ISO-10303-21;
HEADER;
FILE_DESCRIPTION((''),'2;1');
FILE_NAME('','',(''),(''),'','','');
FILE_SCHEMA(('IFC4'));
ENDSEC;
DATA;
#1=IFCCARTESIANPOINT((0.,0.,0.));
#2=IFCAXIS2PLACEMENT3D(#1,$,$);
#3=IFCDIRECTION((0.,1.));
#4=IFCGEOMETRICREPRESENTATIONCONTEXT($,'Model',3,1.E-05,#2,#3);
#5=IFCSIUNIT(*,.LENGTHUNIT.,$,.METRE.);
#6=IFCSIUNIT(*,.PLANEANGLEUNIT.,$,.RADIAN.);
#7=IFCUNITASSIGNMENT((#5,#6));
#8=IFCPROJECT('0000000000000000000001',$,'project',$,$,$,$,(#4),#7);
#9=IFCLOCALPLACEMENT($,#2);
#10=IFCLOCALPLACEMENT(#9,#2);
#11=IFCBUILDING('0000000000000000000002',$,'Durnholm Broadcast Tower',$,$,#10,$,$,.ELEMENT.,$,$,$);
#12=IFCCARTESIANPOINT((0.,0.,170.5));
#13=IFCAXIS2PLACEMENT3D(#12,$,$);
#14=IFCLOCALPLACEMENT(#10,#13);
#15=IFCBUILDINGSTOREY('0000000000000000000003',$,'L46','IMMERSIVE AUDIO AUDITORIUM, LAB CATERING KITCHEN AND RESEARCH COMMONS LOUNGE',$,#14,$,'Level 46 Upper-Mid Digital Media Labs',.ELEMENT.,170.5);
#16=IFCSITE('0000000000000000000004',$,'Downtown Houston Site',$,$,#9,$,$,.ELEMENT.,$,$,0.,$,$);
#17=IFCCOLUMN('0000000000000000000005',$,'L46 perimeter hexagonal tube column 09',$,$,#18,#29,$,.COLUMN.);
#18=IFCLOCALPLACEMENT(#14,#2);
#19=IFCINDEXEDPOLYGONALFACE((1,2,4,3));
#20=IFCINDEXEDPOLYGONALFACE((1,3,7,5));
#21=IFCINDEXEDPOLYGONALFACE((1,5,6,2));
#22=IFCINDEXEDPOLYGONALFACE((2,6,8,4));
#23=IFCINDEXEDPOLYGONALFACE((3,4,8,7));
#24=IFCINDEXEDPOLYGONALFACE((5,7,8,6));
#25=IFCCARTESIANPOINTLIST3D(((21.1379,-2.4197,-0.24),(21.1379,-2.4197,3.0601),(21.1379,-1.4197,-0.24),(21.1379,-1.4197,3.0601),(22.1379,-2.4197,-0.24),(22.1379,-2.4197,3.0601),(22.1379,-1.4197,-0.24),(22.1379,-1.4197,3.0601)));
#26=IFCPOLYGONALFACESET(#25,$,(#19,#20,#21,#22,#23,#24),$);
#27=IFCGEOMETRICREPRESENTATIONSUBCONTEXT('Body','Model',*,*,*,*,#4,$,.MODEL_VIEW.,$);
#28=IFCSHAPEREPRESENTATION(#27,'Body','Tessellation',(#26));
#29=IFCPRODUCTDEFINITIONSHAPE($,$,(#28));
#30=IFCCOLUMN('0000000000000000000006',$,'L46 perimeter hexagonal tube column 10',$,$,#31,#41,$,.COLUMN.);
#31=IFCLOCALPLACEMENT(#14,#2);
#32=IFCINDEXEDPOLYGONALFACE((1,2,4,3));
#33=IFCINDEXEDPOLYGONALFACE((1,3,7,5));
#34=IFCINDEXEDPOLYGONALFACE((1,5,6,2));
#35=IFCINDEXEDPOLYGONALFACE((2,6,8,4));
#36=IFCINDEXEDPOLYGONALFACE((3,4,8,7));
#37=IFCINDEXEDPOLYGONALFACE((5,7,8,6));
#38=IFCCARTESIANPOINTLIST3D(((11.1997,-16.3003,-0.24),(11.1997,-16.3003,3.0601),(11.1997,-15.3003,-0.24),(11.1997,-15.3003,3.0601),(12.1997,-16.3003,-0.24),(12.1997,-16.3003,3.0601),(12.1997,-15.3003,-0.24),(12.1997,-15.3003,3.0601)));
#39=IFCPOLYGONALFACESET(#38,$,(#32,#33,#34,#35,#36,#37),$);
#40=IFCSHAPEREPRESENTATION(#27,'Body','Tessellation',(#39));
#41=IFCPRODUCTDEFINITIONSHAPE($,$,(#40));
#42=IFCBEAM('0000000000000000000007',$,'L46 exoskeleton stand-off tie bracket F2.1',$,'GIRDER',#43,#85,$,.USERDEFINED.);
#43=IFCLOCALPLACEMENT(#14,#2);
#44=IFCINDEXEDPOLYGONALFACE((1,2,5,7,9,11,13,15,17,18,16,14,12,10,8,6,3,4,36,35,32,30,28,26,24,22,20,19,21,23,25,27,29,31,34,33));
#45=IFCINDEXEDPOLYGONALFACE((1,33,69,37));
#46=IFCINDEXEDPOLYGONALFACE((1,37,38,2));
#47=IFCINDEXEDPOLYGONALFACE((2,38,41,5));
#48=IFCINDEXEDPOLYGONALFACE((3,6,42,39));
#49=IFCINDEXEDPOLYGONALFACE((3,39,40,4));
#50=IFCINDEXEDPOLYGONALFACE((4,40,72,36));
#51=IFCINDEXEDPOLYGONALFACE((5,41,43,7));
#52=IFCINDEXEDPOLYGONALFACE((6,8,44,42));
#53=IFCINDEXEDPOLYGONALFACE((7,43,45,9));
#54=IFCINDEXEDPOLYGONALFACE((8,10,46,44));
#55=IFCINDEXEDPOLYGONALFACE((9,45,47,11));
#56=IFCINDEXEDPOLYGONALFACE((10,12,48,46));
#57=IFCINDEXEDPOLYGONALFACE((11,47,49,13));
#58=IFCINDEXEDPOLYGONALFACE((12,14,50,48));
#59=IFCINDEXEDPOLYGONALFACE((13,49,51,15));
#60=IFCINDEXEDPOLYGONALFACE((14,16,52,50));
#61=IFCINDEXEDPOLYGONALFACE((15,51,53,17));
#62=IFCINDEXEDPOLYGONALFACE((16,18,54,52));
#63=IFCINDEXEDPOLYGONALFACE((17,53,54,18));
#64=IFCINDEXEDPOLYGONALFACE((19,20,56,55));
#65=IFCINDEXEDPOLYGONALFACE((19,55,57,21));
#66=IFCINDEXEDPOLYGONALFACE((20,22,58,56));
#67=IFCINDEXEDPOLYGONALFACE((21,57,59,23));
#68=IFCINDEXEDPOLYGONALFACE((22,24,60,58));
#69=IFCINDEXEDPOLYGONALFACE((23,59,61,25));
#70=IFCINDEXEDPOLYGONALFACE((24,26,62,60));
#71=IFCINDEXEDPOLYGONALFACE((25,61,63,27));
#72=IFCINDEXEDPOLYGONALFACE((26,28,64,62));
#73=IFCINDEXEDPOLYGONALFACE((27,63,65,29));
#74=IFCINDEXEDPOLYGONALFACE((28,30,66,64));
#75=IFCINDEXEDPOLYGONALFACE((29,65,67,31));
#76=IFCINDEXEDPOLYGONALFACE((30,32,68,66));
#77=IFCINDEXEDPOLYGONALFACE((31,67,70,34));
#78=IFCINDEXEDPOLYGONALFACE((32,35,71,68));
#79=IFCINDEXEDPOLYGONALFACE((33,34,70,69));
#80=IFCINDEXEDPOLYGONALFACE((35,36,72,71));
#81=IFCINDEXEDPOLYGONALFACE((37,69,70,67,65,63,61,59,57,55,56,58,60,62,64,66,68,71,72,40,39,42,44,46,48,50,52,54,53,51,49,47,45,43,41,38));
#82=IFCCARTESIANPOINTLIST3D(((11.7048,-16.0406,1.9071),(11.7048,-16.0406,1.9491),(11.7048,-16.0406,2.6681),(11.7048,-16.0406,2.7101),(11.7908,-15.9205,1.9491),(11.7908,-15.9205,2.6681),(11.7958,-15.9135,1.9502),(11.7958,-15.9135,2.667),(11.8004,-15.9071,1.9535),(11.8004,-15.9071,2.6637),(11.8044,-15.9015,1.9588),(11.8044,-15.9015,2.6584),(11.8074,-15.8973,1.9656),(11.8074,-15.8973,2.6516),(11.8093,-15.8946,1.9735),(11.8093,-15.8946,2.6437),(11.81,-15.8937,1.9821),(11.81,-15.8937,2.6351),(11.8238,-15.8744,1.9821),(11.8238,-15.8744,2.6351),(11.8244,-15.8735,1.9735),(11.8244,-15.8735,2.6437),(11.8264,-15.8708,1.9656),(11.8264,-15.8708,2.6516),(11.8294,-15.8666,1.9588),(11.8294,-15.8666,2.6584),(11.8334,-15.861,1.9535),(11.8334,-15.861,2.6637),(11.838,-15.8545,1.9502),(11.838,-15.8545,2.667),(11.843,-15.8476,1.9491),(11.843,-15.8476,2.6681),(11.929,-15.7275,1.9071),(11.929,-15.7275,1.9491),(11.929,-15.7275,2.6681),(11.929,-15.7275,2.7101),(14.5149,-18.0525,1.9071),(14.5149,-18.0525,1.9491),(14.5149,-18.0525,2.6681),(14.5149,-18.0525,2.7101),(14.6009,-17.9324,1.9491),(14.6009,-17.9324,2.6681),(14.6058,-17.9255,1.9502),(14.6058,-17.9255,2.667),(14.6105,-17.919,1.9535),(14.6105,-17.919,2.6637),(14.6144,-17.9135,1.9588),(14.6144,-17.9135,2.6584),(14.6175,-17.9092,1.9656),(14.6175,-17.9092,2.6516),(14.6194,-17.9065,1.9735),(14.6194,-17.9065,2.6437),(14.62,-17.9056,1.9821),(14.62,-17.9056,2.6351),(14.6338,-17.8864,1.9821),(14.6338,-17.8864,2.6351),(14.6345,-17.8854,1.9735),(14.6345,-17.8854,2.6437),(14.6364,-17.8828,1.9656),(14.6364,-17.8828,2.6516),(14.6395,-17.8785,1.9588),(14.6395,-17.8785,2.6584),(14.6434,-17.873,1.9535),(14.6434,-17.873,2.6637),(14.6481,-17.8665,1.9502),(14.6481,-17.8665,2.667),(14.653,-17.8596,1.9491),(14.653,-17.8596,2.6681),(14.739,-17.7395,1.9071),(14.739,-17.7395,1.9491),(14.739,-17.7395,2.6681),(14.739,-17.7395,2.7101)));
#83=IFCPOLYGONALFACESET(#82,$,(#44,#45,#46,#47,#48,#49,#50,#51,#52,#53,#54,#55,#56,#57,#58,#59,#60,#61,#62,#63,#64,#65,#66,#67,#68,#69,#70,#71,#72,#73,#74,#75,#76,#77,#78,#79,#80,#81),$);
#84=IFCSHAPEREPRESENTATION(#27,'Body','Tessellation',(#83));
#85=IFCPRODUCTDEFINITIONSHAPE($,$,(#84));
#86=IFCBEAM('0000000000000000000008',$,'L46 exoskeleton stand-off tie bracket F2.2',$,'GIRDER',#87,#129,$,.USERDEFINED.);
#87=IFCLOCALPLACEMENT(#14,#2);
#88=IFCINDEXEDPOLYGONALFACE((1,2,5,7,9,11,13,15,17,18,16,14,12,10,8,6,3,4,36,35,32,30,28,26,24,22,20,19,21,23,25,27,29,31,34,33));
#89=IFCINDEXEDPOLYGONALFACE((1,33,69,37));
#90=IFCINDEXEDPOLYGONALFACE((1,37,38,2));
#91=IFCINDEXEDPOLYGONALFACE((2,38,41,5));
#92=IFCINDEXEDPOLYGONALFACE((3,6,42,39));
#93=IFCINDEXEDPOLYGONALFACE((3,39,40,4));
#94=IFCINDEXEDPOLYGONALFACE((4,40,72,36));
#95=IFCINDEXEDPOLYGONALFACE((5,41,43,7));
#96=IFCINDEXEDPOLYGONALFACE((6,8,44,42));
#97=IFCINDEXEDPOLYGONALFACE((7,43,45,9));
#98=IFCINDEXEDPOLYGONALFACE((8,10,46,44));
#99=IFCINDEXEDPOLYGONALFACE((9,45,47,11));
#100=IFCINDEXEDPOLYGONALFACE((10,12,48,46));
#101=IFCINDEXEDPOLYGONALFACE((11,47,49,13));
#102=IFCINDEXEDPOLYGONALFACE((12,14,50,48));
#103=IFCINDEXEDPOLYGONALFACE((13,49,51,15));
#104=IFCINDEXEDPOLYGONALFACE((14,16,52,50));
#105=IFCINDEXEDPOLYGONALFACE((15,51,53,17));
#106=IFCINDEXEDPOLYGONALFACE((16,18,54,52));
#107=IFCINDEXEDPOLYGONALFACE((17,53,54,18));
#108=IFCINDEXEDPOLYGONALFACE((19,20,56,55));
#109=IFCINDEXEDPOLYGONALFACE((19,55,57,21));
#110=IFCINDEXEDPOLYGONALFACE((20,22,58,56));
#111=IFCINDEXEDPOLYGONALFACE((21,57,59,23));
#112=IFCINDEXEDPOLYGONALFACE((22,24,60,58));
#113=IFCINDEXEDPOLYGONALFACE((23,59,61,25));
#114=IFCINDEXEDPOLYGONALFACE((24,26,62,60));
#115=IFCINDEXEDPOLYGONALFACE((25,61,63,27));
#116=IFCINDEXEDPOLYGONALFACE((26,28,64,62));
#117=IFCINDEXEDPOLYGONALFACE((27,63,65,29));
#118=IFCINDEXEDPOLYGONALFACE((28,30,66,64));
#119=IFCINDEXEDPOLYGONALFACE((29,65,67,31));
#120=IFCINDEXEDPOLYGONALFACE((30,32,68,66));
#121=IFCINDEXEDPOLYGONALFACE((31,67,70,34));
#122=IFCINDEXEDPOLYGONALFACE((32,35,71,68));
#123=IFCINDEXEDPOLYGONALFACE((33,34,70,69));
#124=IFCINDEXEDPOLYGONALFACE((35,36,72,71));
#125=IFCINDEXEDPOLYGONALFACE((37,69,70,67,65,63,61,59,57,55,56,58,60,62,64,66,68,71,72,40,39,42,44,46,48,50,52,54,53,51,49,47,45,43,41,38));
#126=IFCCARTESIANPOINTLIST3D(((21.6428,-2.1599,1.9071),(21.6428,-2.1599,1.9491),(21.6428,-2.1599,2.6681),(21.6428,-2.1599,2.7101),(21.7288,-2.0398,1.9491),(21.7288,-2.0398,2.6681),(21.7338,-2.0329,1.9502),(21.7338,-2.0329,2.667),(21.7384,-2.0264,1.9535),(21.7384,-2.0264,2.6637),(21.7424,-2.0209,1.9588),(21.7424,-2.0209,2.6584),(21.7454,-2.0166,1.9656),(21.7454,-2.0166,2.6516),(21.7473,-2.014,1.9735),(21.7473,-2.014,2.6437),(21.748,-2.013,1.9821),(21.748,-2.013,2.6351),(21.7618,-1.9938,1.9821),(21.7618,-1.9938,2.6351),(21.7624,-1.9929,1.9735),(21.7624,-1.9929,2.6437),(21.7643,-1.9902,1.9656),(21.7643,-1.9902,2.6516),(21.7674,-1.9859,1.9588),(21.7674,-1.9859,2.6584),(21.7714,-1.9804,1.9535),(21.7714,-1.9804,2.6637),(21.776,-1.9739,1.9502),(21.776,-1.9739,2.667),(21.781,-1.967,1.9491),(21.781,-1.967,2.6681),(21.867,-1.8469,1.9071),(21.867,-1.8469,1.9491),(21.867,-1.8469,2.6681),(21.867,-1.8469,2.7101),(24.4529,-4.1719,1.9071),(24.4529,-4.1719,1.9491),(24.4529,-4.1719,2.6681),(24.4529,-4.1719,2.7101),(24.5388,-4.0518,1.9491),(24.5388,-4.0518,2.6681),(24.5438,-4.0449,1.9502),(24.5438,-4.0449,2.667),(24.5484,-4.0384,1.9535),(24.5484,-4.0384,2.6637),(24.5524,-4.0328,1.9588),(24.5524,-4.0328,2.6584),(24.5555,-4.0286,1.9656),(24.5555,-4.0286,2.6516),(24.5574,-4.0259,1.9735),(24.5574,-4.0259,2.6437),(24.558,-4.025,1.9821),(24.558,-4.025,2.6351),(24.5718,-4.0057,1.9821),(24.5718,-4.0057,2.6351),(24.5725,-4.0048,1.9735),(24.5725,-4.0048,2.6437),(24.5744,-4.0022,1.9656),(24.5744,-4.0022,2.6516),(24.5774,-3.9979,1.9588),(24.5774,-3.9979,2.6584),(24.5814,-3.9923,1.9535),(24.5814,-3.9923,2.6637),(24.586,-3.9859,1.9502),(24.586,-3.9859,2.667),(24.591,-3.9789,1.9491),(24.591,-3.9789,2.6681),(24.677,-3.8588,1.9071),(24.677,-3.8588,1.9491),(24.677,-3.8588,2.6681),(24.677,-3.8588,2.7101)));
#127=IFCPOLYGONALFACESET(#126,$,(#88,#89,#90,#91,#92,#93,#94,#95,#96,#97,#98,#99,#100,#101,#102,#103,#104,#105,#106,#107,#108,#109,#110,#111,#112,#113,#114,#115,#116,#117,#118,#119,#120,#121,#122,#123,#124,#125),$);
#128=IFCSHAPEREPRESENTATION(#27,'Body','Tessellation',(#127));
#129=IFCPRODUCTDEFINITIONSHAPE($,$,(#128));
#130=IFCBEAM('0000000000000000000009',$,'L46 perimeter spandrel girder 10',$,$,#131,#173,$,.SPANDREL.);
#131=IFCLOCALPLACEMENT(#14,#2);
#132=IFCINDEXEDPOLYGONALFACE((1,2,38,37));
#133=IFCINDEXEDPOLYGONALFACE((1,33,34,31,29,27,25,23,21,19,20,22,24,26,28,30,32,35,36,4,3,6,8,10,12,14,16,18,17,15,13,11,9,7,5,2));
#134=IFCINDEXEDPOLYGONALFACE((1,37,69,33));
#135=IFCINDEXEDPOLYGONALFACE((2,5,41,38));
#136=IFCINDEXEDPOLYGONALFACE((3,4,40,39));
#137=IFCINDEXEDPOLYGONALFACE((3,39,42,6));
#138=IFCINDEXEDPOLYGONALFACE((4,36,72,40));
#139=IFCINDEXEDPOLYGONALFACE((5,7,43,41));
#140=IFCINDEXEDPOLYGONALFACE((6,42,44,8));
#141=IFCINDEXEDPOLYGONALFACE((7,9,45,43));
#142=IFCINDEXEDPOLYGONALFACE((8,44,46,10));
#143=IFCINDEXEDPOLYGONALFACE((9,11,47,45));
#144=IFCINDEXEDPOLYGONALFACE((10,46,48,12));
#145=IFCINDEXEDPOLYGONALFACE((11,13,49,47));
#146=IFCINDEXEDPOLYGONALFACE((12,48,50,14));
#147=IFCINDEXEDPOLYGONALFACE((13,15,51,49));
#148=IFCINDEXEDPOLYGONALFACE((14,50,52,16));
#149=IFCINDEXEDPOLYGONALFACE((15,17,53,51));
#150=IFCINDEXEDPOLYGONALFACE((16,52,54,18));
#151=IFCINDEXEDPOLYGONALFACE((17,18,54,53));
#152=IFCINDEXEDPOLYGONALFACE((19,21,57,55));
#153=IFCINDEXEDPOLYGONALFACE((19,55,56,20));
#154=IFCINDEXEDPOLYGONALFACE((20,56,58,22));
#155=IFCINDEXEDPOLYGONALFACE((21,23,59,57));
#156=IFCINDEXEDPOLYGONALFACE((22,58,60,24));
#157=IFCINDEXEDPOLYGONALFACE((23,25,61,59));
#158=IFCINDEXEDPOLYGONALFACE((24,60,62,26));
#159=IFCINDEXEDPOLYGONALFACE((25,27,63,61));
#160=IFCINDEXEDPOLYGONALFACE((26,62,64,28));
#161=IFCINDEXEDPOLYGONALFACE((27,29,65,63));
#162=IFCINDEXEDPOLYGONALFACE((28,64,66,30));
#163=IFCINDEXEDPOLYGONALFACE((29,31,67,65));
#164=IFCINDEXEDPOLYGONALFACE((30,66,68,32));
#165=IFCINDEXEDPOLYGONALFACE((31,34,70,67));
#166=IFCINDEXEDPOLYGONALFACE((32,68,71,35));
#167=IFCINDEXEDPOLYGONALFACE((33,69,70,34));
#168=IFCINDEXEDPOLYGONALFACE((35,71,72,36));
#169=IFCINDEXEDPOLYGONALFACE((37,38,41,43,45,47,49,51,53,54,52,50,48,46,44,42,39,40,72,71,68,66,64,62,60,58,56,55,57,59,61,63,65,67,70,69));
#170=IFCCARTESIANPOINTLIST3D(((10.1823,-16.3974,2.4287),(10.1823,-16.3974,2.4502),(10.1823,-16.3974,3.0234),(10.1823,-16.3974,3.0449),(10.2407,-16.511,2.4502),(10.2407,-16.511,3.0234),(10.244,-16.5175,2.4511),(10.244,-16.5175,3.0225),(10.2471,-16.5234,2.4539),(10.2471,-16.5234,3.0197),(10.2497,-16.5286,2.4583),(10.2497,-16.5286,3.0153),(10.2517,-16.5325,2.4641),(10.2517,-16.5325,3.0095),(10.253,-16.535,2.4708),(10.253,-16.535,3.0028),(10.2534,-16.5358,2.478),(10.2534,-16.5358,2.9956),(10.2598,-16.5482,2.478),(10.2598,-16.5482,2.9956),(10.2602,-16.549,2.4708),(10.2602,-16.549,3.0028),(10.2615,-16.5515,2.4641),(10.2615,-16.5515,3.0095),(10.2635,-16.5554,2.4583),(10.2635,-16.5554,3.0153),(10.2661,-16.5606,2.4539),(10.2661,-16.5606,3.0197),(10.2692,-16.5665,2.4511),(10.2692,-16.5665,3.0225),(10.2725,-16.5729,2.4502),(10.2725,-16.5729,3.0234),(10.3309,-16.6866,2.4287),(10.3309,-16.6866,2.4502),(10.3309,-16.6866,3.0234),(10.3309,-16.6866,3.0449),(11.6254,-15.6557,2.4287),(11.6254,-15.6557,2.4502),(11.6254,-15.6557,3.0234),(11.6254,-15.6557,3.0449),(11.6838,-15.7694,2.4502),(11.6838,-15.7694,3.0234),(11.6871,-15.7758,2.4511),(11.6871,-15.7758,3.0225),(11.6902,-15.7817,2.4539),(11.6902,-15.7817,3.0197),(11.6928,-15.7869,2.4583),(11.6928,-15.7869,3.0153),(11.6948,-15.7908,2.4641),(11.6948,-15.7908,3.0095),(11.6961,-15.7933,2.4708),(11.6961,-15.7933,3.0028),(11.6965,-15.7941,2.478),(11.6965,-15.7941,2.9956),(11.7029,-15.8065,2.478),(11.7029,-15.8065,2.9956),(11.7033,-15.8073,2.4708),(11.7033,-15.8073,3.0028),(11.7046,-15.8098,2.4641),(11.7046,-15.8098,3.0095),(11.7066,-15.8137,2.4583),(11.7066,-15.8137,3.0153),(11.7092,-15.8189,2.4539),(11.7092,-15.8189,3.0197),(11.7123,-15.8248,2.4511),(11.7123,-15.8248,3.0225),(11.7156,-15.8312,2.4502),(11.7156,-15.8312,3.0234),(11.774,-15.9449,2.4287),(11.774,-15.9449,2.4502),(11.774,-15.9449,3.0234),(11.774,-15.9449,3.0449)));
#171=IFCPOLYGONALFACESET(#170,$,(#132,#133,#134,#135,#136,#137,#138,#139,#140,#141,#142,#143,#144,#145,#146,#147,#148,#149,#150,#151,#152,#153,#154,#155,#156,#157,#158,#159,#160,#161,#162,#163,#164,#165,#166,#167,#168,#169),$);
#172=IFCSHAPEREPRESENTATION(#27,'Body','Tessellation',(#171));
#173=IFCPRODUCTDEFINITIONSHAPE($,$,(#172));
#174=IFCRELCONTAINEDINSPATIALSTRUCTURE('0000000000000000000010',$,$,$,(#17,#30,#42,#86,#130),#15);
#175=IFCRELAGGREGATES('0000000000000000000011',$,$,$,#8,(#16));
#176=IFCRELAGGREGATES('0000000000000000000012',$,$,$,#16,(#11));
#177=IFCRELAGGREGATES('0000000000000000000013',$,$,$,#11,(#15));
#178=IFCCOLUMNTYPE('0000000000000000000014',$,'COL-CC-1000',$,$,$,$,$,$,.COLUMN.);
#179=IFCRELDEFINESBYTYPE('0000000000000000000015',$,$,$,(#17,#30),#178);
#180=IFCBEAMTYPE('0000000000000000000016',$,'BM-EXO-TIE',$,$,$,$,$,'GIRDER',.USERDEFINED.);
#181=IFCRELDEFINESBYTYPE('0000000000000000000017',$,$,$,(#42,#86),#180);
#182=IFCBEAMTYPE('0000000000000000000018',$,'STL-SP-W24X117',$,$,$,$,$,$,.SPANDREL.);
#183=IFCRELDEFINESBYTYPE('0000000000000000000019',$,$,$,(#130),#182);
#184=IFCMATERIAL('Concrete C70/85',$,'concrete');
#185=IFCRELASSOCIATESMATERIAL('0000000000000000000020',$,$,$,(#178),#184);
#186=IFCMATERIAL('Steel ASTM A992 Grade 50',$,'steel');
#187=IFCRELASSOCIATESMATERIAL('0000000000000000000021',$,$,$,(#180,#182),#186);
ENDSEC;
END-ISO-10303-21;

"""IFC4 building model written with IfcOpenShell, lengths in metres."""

from ifc_helpers import new_model, si_unit, direction, frame, origin, origin_2d, place, context, subcontext, project, spatial, rectangle, i_section, extrude, source, transform, mapped, material, material_profile, profile_set, type_object, type_shapes, element, save


model = new_model("IFC4")

# Units and contexts
model_context = context("Model", 3, precision=1e-05, world=origin(), true_north=direction((0.0, 1.0)))
body_context = subcontext(model_context, "Body", "Model", "MODEL_VIEW")
ifc_project = project(units=[si_unit("LENGTHUNIT", "METRE"), si_unit("PLANEANGLEUNIT", "RADIAN")], contexts=[model_context])

# Site, building, storey
site_placement = place(None, origin())
site = spatial("IfcSite", under=ifc_project, at=site_placement, Name="Downtown Houston Site", CompositionType="ELEMENT", RefElevation=0.0)
building_placement = place(site_placement, origin())
building = spatial("IfcBuilding", under=site, at=building_placement, Name="Durnholm Broadcast Tower", CompositionType="ELEMENT")
storey_placement = place(building_placement, frame((0.0, 0.0, 170.5)))
storey = spatial("IfcBuildingStorey", under=building, at=storey_placement, Name="L46", Description="IMMERSIVE AUDIO AUDITORIUM, LAB CATERING KITCHEN AND RESEARCH COMMONS LOUNGE", LongName="Level 46 Upper-Mid Digital Media Labs", CompositionType="ELEMENT", Elevation=170.5)

# Columns
ifc_material_1 = material(Name="Concrete C70/85", Category="concrete")
ifc_material_profile_1 = material_profile(ifc_material_1, rectangle(XDim=1.0, YDim=1.0, at=origin_2d()), Name="RC1000X1000")
ifc_profile_set_1 = profile_set([ifc_material_profile_1], Name="Concrete C70/85")
column_type = type_object("IfcColumnType", Name="COL-CC-1000", PredefinedType="COLUMN", material=ifc_profile_set_1)
shared_shape_1 = source(origin(), body_context, "Body", "SweptSolid", [
    extrude(rectangle(XDim=1.0, YDim=1.0, at=origin_2d()), origin(), (0.0, 0.0, 1.0), 3.3),
])
type_shapes(column_type, [shared_shape_1])
for number, where, z_axis, x_axis, name in (
    (1, (21.6379, -1.9197, -0.24), (0.0, 0.0, 1.0), (1.0, 0.0, 0.0), "L46 perimeter hexagonal tube column 09"),
    (2, (11.6997, -15.8003, -0.24), (0.0, 0.0, 1.0), (1.0, 0.0, 0.0), "L46 perimeter hexagonal tube column 10"),
):
    element("IfcColumn", number, at=place(storey_placement, frame(where, z_axis=z_axis, x_axis=x_axis)), inside=storey, type_object=column_type, Name=name, PredefinedType="COLUMN", context=body_context, shape_type="MappedRepresentation", body=[
        mapped(shared_shape_1, transform((0.0, 0.0, 0.0), x_axis=(1.0, 0.0, 0.0), y_axis=(0.0, 1.0, 0.0), z_axis=(0.0, 0.0, 1.0), scale=1.0)),
    ])

# Beams
ifc_material_2 = material(Name="Steel ASTM A992 Grade 50", Category="steel")
ifc_material_profile_2 = material_profile(ifc_material_2, i_section(OverallWidth=0.385, OverallDepth=0.803, WebThickness=0.0237, FlangeThickness=0.042, FilletRadius=0.033, at=origin_2d()), Name="W30X261")
ifc_profile_set_2 = profile_set([ifc_material_profile_2], Name="Steel ASTM A992 Grade 50")
beam_type_1 = type_object("IfcBeamType", Name="BM-EXO-TIE", ElementType="GIRDER", PredefinedType="USERDEFINED", material=ifc_profile_set_2)
shared_shape_2 = source(origin(), body_context, "Body", "SweptSolid", [
    extrude(i_section(OverallWidth=0.385, OverallDepth=0.803, WebThickness=0.0237, FlangeThickness=0.042, FilletRadius=0.033, at=origin_2d()), origin(), (0.0, 0.0, 1.0), 3.4561),
])
for number, where, z_axis, x_axis, name in (
    (3, (11.8169, -15.884, 2.3086), (0.813079, -0.582153, 0.0), (0.582153, 0.813079, 0.0), "L46 exoskeleton stand-off tie bracket F2.1"),
    (4, (21.7549, -2.0034, 2.3086), (0.813079, -0.582153, 0.0), (0.582153, 0.813079, 0.0), "L46 exoskeleton stand-off tie bracket F2.2"),
):
    element("IfcBeam", number, at=place(storey_placement, frame(where, z_axis=z_axis, x_axis=x_axis)), inside=storey, type_object=beam_type_1, Name=name, ObjectType="GIRDER", PredefinedType="USERDEFINED", context=body_context, shape_type="MappedRepresentation", body=[
        mapped(shared_shape_2, transform((0.0, 0.0, 0.0), x_axis=(1.0, 0.0, 0.0), y_axis=(0.0, 1.0, 0.0), z_axis=(0.0, 0.0, 1.0), scale=1.0)),
    ])
ifc_material_profile_3 = material_profile(ifc_material_2, i_section(OverallWidth=0.3252, OverallDepth=0.6162, WebThickness=0.0139, FlangeThickness=0.0215, FilletRadius=0.0278, at=origin_2d()), Name="W24X117")
ifc_profile_set_3 = profile_set([ifc_material_profile_3], Name="Steel ASTM A992 Grade 50")
beam_type_2 = type_object("IfcBeamType", Name="STL-SP-W24X117", PredefinedType="SPANDREL", material=ifc_profile_set_3)
shared_shape_3 = source(origin(), body_context, "Body", "SweptSolid", [
    extrude(i_section(OverallWidth=0.3252, OverallDepth=0.6162, WebThickness=0.0139, FlangeThickness=0.0215, FilletRadius=0.0278, at=origin_2d()), origin(), (0.0, 0.0, 1.0), 1.6226),
])
beam_1_placement = place(storey_placement, frame((11.6997, -15.8003, 2.7368), z_axis=(-0.889407, -0.457117, 0.0), x_axis=(0.457117, -0.889407, 0.0)))
element("IfcBeam", 5, at=beam_1_placement, inside=storey, type_object=beam_type_2, Name="L46 perimeter spandrel girder 10", PredefinedType="SPANDREL", context=body_context, shape_type="MappedRepresentation", body=[
    mapped(shared_shape_3, transform((0.0, 0.0, 0.0), x_axis=(1.0, 0.0, 0.0), y_axis=(0.0, 1.0, 0.0), z_axis=(0.0, 0.0, 1.0), scale=1.0)),
])

save(model, "model.ifc")
